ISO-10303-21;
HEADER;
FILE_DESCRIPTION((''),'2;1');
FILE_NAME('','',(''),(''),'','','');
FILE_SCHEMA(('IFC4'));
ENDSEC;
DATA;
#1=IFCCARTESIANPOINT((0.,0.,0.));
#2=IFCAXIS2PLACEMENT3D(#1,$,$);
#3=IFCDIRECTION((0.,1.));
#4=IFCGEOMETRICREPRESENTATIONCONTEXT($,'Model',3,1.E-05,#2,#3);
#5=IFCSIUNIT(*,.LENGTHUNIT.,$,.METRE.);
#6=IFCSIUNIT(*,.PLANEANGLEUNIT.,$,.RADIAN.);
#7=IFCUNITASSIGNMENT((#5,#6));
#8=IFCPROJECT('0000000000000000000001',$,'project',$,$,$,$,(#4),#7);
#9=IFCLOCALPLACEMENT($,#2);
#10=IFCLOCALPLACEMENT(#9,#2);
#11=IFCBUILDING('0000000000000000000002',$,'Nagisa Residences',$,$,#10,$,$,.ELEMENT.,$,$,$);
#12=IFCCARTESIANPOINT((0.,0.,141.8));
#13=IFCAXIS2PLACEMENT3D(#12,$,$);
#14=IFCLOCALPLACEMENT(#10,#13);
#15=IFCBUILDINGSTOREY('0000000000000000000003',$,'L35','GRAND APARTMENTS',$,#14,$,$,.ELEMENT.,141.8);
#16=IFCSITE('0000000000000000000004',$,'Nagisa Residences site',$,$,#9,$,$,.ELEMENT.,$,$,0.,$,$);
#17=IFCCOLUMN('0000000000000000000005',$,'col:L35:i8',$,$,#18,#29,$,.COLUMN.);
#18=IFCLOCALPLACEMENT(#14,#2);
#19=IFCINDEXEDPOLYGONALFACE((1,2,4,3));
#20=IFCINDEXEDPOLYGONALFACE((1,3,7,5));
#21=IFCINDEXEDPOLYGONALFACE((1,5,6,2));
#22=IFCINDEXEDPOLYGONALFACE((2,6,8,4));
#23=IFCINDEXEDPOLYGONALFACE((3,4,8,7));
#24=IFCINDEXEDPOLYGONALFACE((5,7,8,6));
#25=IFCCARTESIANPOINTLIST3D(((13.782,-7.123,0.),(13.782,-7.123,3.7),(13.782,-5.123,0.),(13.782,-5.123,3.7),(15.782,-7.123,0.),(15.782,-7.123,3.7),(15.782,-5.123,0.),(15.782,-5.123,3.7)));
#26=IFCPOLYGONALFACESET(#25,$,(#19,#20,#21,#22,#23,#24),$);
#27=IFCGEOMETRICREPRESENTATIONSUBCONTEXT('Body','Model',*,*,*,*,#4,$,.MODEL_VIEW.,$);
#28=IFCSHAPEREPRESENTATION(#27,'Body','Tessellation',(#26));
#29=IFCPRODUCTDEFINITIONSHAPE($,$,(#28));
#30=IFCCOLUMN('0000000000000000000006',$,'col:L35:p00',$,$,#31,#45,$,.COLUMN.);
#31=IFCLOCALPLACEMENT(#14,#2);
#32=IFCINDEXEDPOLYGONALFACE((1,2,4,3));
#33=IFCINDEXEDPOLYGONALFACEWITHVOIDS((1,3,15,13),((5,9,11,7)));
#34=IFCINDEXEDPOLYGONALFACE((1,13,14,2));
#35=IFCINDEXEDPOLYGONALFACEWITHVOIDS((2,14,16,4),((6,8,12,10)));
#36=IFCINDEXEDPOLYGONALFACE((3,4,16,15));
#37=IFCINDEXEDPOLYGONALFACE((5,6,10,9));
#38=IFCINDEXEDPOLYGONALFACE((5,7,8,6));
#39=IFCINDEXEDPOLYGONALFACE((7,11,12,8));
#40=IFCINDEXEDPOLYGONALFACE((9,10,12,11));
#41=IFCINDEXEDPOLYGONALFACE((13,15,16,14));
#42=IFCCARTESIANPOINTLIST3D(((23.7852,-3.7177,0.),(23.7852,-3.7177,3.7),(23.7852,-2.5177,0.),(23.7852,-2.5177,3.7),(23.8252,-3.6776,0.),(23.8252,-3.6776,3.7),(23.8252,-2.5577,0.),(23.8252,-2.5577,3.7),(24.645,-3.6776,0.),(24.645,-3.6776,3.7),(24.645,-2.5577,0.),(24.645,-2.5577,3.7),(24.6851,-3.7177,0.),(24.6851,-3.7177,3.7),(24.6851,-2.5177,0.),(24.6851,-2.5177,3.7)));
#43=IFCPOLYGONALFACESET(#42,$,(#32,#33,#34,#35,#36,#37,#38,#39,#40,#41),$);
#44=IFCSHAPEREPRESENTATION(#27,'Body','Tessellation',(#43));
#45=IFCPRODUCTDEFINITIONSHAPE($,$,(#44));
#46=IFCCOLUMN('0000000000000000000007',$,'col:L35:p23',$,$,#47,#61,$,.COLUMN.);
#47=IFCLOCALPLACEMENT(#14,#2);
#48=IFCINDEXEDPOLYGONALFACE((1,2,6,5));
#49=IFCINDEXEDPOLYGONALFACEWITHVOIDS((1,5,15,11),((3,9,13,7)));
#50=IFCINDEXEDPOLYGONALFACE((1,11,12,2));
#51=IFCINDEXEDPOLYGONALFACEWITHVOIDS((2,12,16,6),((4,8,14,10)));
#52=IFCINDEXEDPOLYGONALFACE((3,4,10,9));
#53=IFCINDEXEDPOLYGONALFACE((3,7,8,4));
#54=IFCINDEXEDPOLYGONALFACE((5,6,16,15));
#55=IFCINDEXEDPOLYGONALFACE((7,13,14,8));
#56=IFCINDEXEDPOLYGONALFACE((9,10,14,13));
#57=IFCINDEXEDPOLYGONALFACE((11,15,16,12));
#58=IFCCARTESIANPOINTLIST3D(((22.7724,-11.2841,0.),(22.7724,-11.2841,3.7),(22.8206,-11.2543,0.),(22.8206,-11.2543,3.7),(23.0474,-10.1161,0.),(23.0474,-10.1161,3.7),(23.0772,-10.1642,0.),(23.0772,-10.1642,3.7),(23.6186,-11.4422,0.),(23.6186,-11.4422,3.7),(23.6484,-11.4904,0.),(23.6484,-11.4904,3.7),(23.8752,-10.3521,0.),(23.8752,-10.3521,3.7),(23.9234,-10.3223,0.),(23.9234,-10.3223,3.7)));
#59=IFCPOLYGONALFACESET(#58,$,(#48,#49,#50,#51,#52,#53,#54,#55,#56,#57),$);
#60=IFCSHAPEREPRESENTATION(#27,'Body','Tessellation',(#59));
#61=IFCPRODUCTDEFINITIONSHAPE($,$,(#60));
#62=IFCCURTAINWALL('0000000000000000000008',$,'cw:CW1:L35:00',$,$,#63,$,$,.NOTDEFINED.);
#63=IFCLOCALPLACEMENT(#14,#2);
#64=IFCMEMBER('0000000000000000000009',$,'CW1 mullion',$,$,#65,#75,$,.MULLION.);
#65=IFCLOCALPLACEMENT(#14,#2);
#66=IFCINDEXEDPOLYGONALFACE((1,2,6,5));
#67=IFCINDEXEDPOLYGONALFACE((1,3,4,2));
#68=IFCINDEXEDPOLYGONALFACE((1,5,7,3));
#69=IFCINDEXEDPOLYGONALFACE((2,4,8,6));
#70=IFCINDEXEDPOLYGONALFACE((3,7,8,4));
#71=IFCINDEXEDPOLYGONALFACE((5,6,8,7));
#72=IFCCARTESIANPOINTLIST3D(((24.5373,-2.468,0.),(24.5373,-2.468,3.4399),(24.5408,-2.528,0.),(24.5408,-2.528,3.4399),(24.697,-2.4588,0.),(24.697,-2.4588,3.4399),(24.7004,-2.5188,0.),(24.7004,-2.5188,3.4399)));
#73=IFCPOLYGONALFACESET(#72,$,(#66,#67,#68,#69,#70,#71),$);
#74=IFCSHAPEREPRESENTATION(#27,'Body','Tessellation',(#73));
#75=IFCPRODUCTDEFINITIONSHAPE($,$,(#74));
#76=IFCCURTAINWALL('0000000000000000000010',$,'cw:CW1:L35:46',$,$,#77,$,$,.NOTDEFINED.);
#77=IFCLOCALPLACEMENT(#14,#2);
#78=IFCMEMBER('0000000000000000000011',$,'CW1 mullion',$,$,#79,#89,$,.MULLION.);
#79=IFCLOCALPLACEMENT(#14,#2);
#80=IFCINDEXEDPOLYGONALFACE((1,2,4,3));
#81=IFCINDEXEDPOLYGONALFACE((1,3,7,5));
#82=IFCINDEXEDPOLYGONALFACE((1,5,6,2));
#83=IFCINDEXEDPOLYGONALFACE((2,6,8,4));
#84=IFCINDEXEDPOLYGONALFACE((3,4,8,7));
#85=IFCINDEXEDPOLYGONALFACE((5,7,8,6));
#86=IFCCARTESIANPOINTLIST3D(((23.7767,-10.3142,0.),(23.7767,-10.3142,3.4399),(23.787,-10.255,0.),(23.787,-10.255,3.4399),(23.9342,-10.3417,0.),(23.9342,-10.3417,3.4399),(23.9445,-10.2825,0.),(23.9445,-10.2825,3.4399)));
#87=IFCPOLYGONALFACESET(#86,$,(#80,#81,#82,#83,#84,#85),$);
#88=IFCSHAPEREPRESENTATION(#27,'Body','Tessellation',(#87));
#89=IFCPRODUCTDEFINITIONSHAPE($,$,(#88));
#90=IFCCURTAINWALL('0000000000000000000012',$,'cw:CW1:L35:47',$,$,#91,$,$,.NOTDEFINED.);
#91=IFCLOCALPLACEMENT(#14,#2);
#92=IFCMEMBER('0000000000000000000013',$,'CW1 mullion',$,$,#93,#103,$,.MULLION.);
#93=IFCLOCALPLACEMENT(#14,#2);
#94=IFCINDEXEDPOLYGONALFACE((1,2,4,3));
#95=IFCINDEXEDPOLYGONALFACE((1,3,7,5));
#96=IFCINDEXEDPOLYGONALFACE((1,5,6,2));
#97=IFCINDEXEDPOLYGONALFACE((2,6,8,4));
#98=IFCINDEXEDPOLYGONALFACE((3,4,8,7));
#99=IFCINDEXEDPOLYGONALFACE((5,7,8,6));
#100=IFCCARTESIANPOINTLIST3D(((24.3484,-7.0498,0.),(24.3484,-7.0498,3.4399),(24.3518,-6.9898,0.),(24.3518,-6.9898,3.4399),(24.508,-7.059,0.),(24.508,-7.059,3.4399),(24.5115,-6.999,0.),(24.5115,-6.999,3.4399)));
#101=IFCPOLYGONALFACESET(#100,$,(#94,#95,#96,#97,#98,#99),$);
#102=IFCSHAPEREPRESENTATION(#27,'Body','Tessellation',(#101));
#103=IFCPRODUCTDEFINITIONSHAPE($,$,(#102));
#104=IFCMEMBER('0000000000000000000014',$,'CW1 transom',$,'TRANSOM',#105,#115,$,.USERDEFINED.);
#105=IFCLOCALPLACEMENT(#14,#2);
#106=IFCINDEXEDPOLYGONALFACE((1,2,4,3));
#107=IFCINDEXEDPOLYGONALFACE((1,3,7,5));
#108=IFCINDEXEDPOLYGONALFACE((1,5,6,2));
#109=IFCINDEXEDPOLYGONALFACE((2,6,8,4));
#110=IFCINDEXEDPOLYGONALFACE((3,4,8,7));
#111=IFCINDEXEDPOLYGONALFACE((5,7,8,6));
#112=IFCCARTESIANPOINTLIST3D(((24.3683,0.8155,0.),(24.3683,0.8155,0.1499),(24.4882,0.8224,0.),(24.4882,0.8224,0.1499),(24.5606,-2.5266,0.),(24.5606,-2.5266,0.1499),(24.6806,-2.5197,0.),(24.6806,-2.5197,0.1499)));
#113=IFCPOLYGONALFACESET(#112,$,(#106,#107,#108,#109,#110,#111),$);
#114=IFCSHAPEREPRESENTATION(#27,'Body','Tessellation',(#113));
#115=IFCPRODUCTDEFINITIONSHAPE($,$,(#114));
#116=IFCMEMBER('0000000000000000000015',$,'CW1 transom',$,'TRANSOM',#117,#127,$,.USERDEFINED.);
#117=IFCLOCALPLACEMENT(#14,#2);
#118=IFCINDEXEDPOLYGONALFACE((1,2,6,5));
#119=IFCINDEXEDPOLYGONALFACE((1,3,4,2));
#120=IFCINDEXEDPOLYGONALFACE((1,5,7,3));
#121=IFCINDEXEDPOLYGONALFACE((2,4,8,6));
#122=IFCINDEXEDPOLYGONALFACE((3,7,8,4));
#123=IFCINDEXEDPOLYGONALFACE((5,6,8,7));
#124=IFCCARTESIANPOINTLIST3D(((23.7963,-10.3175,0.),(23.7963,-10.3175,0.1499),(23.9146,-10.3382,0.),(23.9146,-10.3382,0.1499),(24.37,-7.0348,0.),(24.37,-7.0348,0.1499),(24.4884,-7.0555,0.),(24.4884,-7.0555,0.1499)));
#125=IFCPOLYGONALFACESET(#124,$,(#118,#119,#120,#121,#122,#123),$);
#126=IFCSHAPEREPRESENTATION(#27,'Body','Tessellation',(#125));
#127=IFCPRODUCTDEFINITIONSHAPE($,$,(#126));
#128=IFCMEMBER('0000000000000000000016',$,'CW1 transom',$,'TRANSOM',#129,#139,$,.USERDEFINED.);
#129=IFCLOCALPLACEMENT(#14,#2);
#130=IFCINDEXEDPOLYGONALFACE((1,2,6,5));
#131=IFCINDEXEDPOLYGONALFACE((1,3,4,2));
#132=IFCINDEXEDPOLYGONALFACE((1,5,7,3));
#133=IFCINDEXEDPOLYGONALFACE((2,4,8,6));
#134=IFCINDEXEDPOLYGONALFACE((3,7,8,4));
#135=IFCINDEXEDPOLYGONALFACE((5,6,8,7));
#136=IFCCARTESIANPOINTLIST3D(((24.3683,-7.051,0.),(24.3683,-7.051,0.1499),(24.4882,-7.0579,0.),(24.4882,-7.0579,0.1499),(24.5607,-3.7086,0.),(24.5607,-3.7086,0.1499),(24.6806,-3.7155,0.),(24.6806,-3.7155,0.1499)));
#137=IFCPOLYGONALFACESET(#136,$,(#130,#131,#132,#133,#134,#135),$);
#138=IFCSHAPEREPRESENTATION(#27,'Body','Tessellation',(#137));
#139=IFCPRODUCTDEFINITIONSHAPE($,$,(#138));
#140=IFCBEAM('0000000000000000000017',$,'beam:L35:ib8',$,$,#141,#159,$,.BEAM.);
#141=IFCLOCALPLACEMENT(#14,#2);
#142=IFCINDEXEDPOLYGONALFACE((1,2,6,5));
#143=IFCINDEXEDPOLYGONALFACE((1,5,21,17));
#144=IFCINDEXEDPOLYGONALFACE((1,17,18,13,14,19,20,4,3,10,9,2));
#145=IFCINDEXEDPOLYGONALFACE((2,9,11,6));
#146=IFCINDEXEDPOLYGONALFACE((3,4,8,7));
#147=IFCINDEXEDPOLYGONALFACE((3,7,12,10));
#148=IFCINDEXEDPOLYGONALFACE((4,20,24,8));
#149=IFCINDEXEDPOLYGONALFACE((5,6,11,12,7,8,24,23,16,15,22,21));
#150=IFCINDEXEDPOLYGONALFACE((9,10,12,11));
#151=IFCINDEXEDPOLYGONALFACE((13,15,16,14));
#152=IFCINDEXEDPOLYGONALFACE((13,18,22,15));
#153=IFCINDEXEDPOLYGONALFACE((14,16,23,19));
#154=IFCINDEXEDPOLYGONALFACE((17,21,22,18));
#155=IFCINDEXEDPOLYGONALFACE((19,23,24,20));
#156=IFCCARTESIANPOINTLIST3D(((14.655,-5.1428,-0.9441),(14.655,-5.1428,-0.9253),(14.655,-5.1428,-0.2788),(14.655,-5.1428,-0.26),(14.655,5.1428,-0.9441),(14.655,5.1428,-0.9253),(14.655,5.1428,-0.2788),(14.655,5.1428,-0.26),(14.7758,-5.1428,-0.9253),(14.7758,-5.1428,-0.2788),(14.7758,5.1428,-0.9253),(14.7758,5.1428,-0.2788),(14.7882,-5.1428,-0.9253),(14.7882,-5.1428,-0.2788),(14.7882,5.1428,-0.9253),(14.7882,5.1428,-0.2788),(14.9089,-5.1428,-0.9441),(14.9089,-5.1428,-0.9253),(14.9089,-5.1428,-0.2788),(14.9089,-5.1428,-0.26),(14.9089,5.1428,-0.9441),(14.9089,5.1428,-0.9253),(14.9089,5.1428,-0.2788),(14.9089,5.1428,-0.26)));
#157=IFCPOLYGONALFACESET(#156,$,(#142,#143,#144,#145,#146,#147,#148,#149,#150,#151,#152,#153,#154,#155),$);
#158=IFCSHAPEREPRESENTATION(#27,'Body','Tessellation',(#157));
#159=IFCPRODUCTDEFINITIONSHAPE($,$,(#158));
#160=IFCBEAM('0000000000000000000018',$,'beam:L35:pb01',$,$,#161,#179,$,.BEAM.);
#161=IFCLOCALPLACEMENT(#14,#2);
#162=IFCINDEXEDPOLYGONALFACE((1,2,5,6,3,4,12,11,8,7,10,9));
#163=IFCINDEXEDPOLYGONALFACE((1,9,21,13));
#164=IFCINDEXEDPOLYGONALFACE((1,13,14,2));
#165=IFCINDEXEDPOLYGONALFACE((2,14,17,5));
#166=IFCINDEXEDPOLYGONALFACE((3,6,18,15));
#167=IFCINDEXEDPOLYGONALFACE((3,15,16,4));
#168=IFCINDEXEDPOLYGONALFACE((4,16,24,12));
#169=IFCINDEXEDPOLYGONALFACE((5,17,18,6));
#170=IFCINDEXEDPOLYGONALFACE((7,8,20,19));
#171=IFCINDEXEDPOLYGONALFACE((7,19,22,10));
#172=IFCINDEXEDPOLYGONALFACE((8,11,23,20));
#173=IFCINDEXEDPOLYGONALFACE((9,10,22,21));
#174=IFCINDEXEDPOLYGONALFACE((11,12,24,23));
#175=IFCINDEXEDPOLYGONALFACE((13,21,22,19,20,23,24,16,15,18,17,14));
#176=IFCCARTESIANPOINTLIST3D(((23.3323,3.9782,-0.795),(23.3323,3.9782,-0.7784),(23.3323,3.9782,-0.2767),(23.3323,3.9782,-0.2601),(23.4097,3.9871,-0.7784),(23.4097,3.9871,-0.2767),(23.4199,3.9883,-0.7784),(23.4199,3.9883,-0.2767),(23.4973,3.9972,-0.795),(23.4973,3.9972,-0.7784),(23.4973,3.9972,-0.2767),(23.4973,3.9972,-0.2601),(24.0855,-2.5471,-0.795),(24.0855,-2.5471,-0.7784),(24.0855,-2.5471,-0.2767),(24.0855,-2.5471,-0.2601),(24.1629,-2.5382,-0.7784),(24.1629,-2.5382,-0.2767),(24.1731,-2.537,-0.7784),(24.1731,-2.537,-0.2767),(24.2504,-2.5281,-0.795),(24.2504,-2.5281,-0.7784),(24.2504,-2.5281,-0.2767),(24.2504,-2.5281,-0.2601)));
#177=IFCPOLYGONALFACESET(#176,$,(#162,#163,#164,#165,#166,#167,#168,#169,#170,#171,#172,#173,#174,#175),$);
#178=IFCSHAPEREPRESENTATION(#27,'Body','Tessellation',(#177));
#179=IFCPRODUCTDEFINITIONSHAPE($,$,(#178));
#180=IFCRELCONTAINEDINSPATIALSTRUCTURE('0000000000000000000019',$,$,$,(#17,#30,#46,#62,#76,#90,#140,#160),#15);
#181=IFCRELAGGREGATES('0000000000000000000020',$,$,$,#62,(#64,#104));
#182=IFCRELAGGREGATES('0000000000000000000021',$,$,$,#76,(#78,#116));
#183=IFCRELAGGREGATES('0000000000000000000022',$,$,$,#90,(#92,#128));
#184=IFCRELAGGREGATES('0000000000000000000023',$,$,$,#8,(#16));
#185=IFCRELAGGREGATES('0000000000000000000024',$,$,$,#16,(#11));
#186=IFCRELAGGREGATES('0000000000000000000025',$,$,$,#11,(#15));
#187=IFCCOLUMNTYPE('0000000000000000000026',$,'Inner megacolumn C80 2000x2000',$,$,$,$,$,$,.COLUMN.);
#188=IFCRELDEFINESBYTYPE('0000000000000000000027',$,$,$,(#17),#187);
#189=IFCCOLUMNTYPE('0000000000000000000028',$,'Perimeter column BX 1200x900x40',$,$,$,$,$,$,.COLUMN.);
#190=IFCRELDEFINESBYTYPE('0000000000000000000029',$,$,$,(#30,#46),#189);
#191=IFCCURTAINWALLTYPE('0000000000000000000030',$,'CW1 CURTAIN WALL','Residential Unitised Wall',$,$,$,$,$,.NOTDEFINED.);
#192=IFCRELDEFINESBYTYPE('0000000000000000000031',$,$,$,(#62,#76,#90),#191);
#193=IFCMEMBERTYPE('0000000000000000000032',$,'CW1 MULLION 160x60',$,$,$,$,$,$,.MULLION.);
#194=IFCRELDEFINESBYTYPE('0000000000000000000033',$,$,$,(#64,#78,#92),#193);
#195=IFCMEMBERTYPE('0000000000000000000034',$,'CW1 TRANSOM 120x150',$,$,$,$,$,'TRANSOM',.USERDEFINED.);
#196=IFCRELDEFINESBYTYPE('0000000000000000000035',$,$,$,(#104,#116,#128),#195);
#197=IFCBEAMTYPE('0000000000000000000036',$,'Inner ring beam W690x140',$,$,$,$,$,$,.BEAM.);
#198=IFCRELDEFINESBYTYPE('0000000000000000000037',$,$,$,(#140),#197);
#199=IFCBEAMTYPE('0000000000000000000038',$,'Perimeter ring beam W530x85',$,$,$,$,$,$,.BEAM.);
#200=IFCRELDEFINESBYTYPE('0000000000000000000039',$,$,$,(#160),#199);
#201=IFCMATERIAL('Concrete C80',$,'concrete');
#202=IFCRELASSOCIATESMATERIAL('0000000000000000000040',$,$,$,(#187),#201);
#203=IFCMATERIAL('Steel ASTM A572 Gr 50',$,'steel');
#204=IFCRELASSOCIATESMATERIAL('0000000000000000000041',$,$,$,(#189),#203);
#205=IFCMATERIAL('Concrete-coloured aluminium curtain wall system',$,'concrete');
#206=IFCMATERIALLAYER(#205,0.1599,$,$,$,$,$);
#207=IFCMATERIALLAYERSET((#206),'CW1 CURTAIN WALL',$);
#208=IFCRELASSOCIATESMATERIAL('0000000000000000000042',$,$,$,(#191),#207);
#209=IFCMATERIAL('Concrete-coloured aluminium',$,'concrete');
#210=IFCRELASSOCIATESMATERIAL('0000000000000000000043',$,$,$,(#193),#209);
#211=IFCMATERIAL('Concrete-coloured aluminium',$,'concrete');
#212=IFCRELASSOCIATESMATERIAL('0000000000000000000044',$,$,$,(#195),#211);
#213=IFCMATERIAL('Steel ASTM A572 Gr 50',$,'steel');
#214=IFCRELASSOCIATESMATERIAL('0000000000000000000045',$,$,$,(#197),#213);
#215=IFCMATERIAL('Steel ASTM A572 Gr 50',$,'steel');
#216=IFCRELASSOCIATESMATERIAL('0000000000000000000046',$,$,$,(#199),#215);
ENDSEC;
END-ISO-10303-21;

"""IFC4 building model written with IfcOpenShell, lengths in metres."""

from ifc_helpers import new_model, si_unit, direction, frame, origin, origin_2d, place, context, subcontext, project, spatial, rectangle, hollow_rectangle, i_section, extrude, material, layer, layer_set, material_profile, profile_set, type_object, element, aggregate, save


model = new_model("IFC4")

# Units and contexts
model_context = context("Model", 3, precision=1e-05, world=origin(), true_north=direction((0.0, 1.0)))
body_context = subcontext(model_context, "Body", "Model", "MODEL_VIEW")
ifc_project = project(units=[si_unit("LENGTHUNIT", "METRE"), si_unit("PLANEANGLEUNIT", "RADIAN")], contexts=[model_context])

# Site, building, storey
site_placement = place(None, origin())
site = spatial("IfcSite", under=ifc_project, at=site_placement, Name="Nagisa Residences site", CompositionType="ELEMENT", RefElevation=0.0)
building_placement = place(site_placement, origin())
building = spatial("IfcBuilding", under=site, at=building_placement, Name="Nagisa Residences", CompositionType="ELEMENT")
storey_placement = place(building_placement, frame((0.0, 0.0, 141.8)))
storey = spatial("IfcBuildingStorey", under=building, at=storey_placement, Name="L35", Description="GRAND APARTMENTS", CompositionType="ELEMENT", Elevation=141.8)

# Columns
ifc_material_1 = material(Name="Concrete C80", Category="concrete")
ifc_material_profile_1 = material_profile(ifc_material_1, rectangle(XDim=2.0, YDim=2.0, at=origin_2d()), Name="C80 2000x2000")
ifc_profile_set_1 = profile_set([ifc_material_profile_1], Name="Concrete C80")
column_type_1 = type_object("IfcColumnType", Name="Inner megacolumn C80 2000x2000", PredefinedType="COLUMN", material=ifc_profile_set_1)
column_placement = place(storey_placement, frame((14.782, -6.123, 0.0), z_axis=(0.0, 0.0, 1.0), x_axis=(1.0, 0.0, 0.0)))
element("IfcColumn", 1, at=column_placement, inside=storey, type_object=column_type_1, Name="col:L35:i8", PredefinedType="COLUMN", context=body_context, shape_type="SweptSolid", body=[
    extrude(rectangle(XDim=2.0, YDim=2.0, at=origin_2d()), origin(), (0.0, 0.0, 1.0), 3.7),
])
ifc_material_2 = material(Name="Steel ASTM A572 Gr 50", Category="steel")
ifc_material_profile_2 = material_profile(ifc_material_2, hollow_rectangle(XDim=1.2, YDim=0.8999, WallThickness=0.04, at=origin_2d()), Name="BX 1200x900x40")
ifc_profile_set_2 = profile_set([ifc_material_profile_2], Name="Steel ASTM A572 Gr 50")
column_type_2 = type_object("IfcColumnType", Name="Perimeter column BX 1200x900x40", PredefinedType="COLUMN", material=ifc_profile_set_2)
for number, where, z_axis, x_axis, name in (
    (2, (24.2351, -3.1177, 0.0), (0.0, 0.0, 1.0), (0.0, 1.0, 0.0), "col:L35:p00"),
    (3, (23.3479, -10.8032, 0.0), (0.0, 0.0, 1.0), (0.229202, 0.973379, 0.0), "col:L35:p23"),
):
    element("IfcColumn", number, at=place(storey_placement, frame(where, z_axis=z_axis, x_axis=x_axis)), inside=storey, type_object=column_type_2, Name=name, PredefinedType="COLUMN", context=body_context, shape_type="SweptSolid", body=[
        extrude(hollow_rectangle(XDim=1.2, YDim=0.8999, WallThickness=0.04, at=origin_2d()), origin(), (0.0, 0.0, 1.0), 3.7),
    ])

# Curtain walls, members
ifc_material_3 = material(Name="Concrete-coloured aluminium curtain wall system", Category="concrete")
ifc_layer_1 = layer(ifc_material_3, 0.1599)
ifc_layer_set_1 = layer_set([ifc_layer_1], Name="CW1 CURTAIN WALL")
curtain_wall_type = type_object("IfcCurtainWallType", Name="CW1 CURTAIN WALL", Description="Residential Unitised Wall", PredefinedType="NOTDEFINED", material=ifc_layer_set_1)
curtain_wall_1_placement = place(storey_placement, origin())
curtain_wall_1 = element("IfcCurtainWall", 4, at=curtain_wall_1_placement, inside=storey, type_object=curtain_wall_type, Name="cw:CW1:L35:00", PredefinedType="NOTDEFINED")
ifc_material_4 = material(Name="Concrete-coloured aluminium", Category="concrete")
ifc_material_profile_3 = material_profile(ifc_material_4, rectangle(XDim=0.1599, YDim=0.0601, at=origin_2d()), Name="CW1 MULLION 160x60")
ifc_profile_set_3 = profile_set([ifc_material_profile_3], Name="Concrete-coloured aluminium")
member_type_1 = type_object("IfcMemberType", Name="CW1 MULLION 160x60", PredefinedType="MULLION", material=ifc_profile_set_3)
member_1_placement = place(storey_placement, frame((24.6189, -2.4934, 0.0), z_axis=(0.0, 0.0, 1.0), x_axis=(-0.998345, -0.057503, 0.0)))
member_1 = element("IfcMember", 5, at=member_1_placement, type_object=member_type_1, Name="CW1 mullion", PredefinedType="MULLION", context=body_context, shape_type="SweptSolid", body=[
    extrude(rectangle(XDim=0.1599, YDim=0.0601, at=origin_2d()), origin(), (0.0, 0.0, 1.0), 3.4399),
])
curtain_wall_2_placement = place(storey_placement, origin())
curtain_wall_2 = element("IfcCurtainWall", 6, at=curtain_wall_2_placement, inside=storey, type_object=curtain_wall_type, Name="cw:CW1:L35:46", PredefinedType="NOTDEFINED")
member_2_placement = place(storey_placement, frame((23.8606, -10.2983, 0.0), z_axis=(0.0, 0.0, 1.0), x_axis=(-0.985064, 0.172191, 0.0)))
member_2 = element("IfcMember", 7, at=member_2_placement, type_object=member_type_1, Name="CW1 mullion", PredefinedType="MULLION", context=body_context, shape_type="SweptSolid", body=[
    extrude(rectangle(XDim=0.1599, YDim=0.0601, at=origin_2d()), origin(), (0.0, 0.0, 1.0), 3.4399),
])
curtain_wall_3_placement = place(storey_placement, origin())
curtain_wall_3 = element("IfcCurtainWall", 8, at=curtain_wall_3_placement, inside=storey, type_object=curtain_wall_type, Name="cw:CW1:L35:47", PredefinedType="NOTDEFINED")
member_3_placement = place(storey_placement, frame((24.4299, -7.0244, 0.0), z_axis=(0.0, 0.0, 1.0), x_axis=(-0.998345, 0.057503, 0.0)))
member_3 = element("IfcMember", 9, at=member_3_placement, type_object=member_type_1, Name="CW1 mullion", PredefinedType="MULLION", context=body_context, shape_type="SweptSolid", body=[
    extrude(rectangle(XDim=0.1599, YDim=0.0601, at=origin_2d()), origin(), (0.0, 0.0, 1.0), 3.4399),
])

# Members
ifc_material_5 = material(Name="Concrete-coloured aluminium", Category="concrete")
ifc_material_profile_4 = material_profile(ifc_material_5, rectangle(XDim=0.1201, YDim=0.1499, at=origin_2d()), Name="CW1 TRANSOM 120x150")
ifc_profile_set_4 = profile_set([ifc_material_profile_4], Name="Concrete-coloured aluminium")
member_type_2 = type_object("IfcMemberType", Name="CW1 TRANSOM 120x150", ElementType="TRANSOM", PredefinedType="USERDEFINED", material=ifc_profile_set_4)
member_4_placement = place(storey_placement, frame((24.6206, -2.5232, 0.075), z_axis=(-0.057469, 0.998347, 0.0), x_axis=(-0.998347, -0.057469, 0.0)))
member_4 = element("IfcMember", 10, at=member_4_placement, type_object=member_type_2, Name="CW1 transom", ObjectType="TRANSOM", PredefinedType="USERDEFINED", context=body_context, shape_type="SweptSolid", body=[
    extrude(rectangle(XDim=0.1201, YDim=0.1499, at=origin_2d()), origin(), (0.0, 0.0, 1.0), 3.3477),
])
member_5_placement = place(storey_placement, frame((23.8555, -10.3279, 0.075), z_axis=(0.172164, 0.985068, 0.0), x_axis=(-0.985068, 0.172164, 0.0)))
member_5 = element("IfcMember", 11, at=member_5_placement, type_object=member_type_2, Name="CW1 transom", ObjectType="TRANSOM", PredefinedType="USERDEFINED", context=body_context, shape_type="SweptSolid", body=[
    extrude(rectangle(XDim=0.1201, YDim=0.1499, at=origin_2d()), origin(), (0.0, 0.0, 1.0), 3.3325),
])
member_6_placement = place(storey_placement, frame((24.4282, -7.0544, 0.075), z_axis=(0.057465, 0.998348, 0.0), x_axis=(-0.998348, 0.057465, 0.0)))
member_6 = element("IfcMember", 12, at=member_6_placement, type_object=member_type_2, Name="CW1 transom", ObjectType="TRANSOM", PredefinedType="USERDEFINED", context=body_context, shape_type="SweptSolid", body=[
    extrude(rectangle(XDim=0.1201, YDim=0.1499, at=origin_2d()), origin(), (0.0, 0.0, 1.0), 3.3479),
])

# Beams
ifc_material_6 = material(Name="Steel ASTM A572 Gr 50", Category="steel")
ifc_material_profile_5 = material_profile(ifc_material_6, i_section(OverallWidth=0.2539, OverallDepth=0.6841, WebThickness=0.0125, FlangeThickness=0.0188, at=origin_2d()), Name="W690x140")
ifc_profile_set_5 = profile_set([ifc_material_profile_5], Name="Steel ASTM A572 Gr 50")
beam_type_1 = type_object("IfcBeamType", Name="Inner ring beam W690x140", PredefinedType="BEAM", material=ifc_profile_set_5)
beam_1_placement = place(storey_placement, frame((14.782, -5.1428, -0.6021), z_axis=(0.0, 1.0, 0.0), x_axis=(-1.0, 0.0, 0.0)))
element("IfcBeam", 13, at=beam_1_placement, inside=storey, type_object=beam_type_1, Name="beam:L35:ib8", PredefinedType="BEAM", context=body_context, shape_type="SweptSolid", body=[
    extrude(i_section(OverallWidth=0.2539, OverallDepth=0.6841, WebThickness=0.0125, FlangeThickness=0.0188, at=origin_2d()), origin(), (0.0, 0.0, 1.0), 10.2856),
])
ifc_material_7 = material(Name="Steel ASTM A572 Gr 50", Category="steel")
ifc_material_profile_6 = material_profile(ifc_material_7, i_section(OverallWidth=0.166, OverallDepth=0.5349, WebThickness=0.0103, FlangeThickness=0.0166, at=origin_2d()), Name="W530x85")
ifc_profile_set_6 = profile_set([ifc_material_profile_6], Name="Steel ASTM A572 Gr 50")
beam_type_2 = type_object("IfcBeamType", Name="Perimeter ring beam W530x85", PredefinedType="BEAM", material=ifc_profile_set_6)
for number, where, z_axis, x_axis, name in (
    (14, (24.168, -2.5376, -0.5276), (-0.114661, 0.993405, 0.0), (-0.993405, -0.114661, 0.0), "beam:L35:pb01"),
):
    element("IfcBeam", number, at=place(storey_placement, frame(where, z_axis=z_axis, x_axis=x_axis)), inside=storey, type_object=beam_type_2, Name=name, PredefinedType="BEAM", context=body_context, shape_type="SweptSolid", body=[
        extrude(i_section(OverallWidth=0.166, OverallDepth=0.5349, WebThickness=0.0103, FlangeThickness=0.0166, at=origin_2d()), origin(), (0.0, 0.0, 1.0), 6.5686),
    ])

aggregate(curtain_wall_1, [member_1, member_4])
aggregate(curtain_wall_2, [member_2, member_5])
aggregate(curtain_wall_3, [member_3, member_6])

save(model, "model.ifc")
